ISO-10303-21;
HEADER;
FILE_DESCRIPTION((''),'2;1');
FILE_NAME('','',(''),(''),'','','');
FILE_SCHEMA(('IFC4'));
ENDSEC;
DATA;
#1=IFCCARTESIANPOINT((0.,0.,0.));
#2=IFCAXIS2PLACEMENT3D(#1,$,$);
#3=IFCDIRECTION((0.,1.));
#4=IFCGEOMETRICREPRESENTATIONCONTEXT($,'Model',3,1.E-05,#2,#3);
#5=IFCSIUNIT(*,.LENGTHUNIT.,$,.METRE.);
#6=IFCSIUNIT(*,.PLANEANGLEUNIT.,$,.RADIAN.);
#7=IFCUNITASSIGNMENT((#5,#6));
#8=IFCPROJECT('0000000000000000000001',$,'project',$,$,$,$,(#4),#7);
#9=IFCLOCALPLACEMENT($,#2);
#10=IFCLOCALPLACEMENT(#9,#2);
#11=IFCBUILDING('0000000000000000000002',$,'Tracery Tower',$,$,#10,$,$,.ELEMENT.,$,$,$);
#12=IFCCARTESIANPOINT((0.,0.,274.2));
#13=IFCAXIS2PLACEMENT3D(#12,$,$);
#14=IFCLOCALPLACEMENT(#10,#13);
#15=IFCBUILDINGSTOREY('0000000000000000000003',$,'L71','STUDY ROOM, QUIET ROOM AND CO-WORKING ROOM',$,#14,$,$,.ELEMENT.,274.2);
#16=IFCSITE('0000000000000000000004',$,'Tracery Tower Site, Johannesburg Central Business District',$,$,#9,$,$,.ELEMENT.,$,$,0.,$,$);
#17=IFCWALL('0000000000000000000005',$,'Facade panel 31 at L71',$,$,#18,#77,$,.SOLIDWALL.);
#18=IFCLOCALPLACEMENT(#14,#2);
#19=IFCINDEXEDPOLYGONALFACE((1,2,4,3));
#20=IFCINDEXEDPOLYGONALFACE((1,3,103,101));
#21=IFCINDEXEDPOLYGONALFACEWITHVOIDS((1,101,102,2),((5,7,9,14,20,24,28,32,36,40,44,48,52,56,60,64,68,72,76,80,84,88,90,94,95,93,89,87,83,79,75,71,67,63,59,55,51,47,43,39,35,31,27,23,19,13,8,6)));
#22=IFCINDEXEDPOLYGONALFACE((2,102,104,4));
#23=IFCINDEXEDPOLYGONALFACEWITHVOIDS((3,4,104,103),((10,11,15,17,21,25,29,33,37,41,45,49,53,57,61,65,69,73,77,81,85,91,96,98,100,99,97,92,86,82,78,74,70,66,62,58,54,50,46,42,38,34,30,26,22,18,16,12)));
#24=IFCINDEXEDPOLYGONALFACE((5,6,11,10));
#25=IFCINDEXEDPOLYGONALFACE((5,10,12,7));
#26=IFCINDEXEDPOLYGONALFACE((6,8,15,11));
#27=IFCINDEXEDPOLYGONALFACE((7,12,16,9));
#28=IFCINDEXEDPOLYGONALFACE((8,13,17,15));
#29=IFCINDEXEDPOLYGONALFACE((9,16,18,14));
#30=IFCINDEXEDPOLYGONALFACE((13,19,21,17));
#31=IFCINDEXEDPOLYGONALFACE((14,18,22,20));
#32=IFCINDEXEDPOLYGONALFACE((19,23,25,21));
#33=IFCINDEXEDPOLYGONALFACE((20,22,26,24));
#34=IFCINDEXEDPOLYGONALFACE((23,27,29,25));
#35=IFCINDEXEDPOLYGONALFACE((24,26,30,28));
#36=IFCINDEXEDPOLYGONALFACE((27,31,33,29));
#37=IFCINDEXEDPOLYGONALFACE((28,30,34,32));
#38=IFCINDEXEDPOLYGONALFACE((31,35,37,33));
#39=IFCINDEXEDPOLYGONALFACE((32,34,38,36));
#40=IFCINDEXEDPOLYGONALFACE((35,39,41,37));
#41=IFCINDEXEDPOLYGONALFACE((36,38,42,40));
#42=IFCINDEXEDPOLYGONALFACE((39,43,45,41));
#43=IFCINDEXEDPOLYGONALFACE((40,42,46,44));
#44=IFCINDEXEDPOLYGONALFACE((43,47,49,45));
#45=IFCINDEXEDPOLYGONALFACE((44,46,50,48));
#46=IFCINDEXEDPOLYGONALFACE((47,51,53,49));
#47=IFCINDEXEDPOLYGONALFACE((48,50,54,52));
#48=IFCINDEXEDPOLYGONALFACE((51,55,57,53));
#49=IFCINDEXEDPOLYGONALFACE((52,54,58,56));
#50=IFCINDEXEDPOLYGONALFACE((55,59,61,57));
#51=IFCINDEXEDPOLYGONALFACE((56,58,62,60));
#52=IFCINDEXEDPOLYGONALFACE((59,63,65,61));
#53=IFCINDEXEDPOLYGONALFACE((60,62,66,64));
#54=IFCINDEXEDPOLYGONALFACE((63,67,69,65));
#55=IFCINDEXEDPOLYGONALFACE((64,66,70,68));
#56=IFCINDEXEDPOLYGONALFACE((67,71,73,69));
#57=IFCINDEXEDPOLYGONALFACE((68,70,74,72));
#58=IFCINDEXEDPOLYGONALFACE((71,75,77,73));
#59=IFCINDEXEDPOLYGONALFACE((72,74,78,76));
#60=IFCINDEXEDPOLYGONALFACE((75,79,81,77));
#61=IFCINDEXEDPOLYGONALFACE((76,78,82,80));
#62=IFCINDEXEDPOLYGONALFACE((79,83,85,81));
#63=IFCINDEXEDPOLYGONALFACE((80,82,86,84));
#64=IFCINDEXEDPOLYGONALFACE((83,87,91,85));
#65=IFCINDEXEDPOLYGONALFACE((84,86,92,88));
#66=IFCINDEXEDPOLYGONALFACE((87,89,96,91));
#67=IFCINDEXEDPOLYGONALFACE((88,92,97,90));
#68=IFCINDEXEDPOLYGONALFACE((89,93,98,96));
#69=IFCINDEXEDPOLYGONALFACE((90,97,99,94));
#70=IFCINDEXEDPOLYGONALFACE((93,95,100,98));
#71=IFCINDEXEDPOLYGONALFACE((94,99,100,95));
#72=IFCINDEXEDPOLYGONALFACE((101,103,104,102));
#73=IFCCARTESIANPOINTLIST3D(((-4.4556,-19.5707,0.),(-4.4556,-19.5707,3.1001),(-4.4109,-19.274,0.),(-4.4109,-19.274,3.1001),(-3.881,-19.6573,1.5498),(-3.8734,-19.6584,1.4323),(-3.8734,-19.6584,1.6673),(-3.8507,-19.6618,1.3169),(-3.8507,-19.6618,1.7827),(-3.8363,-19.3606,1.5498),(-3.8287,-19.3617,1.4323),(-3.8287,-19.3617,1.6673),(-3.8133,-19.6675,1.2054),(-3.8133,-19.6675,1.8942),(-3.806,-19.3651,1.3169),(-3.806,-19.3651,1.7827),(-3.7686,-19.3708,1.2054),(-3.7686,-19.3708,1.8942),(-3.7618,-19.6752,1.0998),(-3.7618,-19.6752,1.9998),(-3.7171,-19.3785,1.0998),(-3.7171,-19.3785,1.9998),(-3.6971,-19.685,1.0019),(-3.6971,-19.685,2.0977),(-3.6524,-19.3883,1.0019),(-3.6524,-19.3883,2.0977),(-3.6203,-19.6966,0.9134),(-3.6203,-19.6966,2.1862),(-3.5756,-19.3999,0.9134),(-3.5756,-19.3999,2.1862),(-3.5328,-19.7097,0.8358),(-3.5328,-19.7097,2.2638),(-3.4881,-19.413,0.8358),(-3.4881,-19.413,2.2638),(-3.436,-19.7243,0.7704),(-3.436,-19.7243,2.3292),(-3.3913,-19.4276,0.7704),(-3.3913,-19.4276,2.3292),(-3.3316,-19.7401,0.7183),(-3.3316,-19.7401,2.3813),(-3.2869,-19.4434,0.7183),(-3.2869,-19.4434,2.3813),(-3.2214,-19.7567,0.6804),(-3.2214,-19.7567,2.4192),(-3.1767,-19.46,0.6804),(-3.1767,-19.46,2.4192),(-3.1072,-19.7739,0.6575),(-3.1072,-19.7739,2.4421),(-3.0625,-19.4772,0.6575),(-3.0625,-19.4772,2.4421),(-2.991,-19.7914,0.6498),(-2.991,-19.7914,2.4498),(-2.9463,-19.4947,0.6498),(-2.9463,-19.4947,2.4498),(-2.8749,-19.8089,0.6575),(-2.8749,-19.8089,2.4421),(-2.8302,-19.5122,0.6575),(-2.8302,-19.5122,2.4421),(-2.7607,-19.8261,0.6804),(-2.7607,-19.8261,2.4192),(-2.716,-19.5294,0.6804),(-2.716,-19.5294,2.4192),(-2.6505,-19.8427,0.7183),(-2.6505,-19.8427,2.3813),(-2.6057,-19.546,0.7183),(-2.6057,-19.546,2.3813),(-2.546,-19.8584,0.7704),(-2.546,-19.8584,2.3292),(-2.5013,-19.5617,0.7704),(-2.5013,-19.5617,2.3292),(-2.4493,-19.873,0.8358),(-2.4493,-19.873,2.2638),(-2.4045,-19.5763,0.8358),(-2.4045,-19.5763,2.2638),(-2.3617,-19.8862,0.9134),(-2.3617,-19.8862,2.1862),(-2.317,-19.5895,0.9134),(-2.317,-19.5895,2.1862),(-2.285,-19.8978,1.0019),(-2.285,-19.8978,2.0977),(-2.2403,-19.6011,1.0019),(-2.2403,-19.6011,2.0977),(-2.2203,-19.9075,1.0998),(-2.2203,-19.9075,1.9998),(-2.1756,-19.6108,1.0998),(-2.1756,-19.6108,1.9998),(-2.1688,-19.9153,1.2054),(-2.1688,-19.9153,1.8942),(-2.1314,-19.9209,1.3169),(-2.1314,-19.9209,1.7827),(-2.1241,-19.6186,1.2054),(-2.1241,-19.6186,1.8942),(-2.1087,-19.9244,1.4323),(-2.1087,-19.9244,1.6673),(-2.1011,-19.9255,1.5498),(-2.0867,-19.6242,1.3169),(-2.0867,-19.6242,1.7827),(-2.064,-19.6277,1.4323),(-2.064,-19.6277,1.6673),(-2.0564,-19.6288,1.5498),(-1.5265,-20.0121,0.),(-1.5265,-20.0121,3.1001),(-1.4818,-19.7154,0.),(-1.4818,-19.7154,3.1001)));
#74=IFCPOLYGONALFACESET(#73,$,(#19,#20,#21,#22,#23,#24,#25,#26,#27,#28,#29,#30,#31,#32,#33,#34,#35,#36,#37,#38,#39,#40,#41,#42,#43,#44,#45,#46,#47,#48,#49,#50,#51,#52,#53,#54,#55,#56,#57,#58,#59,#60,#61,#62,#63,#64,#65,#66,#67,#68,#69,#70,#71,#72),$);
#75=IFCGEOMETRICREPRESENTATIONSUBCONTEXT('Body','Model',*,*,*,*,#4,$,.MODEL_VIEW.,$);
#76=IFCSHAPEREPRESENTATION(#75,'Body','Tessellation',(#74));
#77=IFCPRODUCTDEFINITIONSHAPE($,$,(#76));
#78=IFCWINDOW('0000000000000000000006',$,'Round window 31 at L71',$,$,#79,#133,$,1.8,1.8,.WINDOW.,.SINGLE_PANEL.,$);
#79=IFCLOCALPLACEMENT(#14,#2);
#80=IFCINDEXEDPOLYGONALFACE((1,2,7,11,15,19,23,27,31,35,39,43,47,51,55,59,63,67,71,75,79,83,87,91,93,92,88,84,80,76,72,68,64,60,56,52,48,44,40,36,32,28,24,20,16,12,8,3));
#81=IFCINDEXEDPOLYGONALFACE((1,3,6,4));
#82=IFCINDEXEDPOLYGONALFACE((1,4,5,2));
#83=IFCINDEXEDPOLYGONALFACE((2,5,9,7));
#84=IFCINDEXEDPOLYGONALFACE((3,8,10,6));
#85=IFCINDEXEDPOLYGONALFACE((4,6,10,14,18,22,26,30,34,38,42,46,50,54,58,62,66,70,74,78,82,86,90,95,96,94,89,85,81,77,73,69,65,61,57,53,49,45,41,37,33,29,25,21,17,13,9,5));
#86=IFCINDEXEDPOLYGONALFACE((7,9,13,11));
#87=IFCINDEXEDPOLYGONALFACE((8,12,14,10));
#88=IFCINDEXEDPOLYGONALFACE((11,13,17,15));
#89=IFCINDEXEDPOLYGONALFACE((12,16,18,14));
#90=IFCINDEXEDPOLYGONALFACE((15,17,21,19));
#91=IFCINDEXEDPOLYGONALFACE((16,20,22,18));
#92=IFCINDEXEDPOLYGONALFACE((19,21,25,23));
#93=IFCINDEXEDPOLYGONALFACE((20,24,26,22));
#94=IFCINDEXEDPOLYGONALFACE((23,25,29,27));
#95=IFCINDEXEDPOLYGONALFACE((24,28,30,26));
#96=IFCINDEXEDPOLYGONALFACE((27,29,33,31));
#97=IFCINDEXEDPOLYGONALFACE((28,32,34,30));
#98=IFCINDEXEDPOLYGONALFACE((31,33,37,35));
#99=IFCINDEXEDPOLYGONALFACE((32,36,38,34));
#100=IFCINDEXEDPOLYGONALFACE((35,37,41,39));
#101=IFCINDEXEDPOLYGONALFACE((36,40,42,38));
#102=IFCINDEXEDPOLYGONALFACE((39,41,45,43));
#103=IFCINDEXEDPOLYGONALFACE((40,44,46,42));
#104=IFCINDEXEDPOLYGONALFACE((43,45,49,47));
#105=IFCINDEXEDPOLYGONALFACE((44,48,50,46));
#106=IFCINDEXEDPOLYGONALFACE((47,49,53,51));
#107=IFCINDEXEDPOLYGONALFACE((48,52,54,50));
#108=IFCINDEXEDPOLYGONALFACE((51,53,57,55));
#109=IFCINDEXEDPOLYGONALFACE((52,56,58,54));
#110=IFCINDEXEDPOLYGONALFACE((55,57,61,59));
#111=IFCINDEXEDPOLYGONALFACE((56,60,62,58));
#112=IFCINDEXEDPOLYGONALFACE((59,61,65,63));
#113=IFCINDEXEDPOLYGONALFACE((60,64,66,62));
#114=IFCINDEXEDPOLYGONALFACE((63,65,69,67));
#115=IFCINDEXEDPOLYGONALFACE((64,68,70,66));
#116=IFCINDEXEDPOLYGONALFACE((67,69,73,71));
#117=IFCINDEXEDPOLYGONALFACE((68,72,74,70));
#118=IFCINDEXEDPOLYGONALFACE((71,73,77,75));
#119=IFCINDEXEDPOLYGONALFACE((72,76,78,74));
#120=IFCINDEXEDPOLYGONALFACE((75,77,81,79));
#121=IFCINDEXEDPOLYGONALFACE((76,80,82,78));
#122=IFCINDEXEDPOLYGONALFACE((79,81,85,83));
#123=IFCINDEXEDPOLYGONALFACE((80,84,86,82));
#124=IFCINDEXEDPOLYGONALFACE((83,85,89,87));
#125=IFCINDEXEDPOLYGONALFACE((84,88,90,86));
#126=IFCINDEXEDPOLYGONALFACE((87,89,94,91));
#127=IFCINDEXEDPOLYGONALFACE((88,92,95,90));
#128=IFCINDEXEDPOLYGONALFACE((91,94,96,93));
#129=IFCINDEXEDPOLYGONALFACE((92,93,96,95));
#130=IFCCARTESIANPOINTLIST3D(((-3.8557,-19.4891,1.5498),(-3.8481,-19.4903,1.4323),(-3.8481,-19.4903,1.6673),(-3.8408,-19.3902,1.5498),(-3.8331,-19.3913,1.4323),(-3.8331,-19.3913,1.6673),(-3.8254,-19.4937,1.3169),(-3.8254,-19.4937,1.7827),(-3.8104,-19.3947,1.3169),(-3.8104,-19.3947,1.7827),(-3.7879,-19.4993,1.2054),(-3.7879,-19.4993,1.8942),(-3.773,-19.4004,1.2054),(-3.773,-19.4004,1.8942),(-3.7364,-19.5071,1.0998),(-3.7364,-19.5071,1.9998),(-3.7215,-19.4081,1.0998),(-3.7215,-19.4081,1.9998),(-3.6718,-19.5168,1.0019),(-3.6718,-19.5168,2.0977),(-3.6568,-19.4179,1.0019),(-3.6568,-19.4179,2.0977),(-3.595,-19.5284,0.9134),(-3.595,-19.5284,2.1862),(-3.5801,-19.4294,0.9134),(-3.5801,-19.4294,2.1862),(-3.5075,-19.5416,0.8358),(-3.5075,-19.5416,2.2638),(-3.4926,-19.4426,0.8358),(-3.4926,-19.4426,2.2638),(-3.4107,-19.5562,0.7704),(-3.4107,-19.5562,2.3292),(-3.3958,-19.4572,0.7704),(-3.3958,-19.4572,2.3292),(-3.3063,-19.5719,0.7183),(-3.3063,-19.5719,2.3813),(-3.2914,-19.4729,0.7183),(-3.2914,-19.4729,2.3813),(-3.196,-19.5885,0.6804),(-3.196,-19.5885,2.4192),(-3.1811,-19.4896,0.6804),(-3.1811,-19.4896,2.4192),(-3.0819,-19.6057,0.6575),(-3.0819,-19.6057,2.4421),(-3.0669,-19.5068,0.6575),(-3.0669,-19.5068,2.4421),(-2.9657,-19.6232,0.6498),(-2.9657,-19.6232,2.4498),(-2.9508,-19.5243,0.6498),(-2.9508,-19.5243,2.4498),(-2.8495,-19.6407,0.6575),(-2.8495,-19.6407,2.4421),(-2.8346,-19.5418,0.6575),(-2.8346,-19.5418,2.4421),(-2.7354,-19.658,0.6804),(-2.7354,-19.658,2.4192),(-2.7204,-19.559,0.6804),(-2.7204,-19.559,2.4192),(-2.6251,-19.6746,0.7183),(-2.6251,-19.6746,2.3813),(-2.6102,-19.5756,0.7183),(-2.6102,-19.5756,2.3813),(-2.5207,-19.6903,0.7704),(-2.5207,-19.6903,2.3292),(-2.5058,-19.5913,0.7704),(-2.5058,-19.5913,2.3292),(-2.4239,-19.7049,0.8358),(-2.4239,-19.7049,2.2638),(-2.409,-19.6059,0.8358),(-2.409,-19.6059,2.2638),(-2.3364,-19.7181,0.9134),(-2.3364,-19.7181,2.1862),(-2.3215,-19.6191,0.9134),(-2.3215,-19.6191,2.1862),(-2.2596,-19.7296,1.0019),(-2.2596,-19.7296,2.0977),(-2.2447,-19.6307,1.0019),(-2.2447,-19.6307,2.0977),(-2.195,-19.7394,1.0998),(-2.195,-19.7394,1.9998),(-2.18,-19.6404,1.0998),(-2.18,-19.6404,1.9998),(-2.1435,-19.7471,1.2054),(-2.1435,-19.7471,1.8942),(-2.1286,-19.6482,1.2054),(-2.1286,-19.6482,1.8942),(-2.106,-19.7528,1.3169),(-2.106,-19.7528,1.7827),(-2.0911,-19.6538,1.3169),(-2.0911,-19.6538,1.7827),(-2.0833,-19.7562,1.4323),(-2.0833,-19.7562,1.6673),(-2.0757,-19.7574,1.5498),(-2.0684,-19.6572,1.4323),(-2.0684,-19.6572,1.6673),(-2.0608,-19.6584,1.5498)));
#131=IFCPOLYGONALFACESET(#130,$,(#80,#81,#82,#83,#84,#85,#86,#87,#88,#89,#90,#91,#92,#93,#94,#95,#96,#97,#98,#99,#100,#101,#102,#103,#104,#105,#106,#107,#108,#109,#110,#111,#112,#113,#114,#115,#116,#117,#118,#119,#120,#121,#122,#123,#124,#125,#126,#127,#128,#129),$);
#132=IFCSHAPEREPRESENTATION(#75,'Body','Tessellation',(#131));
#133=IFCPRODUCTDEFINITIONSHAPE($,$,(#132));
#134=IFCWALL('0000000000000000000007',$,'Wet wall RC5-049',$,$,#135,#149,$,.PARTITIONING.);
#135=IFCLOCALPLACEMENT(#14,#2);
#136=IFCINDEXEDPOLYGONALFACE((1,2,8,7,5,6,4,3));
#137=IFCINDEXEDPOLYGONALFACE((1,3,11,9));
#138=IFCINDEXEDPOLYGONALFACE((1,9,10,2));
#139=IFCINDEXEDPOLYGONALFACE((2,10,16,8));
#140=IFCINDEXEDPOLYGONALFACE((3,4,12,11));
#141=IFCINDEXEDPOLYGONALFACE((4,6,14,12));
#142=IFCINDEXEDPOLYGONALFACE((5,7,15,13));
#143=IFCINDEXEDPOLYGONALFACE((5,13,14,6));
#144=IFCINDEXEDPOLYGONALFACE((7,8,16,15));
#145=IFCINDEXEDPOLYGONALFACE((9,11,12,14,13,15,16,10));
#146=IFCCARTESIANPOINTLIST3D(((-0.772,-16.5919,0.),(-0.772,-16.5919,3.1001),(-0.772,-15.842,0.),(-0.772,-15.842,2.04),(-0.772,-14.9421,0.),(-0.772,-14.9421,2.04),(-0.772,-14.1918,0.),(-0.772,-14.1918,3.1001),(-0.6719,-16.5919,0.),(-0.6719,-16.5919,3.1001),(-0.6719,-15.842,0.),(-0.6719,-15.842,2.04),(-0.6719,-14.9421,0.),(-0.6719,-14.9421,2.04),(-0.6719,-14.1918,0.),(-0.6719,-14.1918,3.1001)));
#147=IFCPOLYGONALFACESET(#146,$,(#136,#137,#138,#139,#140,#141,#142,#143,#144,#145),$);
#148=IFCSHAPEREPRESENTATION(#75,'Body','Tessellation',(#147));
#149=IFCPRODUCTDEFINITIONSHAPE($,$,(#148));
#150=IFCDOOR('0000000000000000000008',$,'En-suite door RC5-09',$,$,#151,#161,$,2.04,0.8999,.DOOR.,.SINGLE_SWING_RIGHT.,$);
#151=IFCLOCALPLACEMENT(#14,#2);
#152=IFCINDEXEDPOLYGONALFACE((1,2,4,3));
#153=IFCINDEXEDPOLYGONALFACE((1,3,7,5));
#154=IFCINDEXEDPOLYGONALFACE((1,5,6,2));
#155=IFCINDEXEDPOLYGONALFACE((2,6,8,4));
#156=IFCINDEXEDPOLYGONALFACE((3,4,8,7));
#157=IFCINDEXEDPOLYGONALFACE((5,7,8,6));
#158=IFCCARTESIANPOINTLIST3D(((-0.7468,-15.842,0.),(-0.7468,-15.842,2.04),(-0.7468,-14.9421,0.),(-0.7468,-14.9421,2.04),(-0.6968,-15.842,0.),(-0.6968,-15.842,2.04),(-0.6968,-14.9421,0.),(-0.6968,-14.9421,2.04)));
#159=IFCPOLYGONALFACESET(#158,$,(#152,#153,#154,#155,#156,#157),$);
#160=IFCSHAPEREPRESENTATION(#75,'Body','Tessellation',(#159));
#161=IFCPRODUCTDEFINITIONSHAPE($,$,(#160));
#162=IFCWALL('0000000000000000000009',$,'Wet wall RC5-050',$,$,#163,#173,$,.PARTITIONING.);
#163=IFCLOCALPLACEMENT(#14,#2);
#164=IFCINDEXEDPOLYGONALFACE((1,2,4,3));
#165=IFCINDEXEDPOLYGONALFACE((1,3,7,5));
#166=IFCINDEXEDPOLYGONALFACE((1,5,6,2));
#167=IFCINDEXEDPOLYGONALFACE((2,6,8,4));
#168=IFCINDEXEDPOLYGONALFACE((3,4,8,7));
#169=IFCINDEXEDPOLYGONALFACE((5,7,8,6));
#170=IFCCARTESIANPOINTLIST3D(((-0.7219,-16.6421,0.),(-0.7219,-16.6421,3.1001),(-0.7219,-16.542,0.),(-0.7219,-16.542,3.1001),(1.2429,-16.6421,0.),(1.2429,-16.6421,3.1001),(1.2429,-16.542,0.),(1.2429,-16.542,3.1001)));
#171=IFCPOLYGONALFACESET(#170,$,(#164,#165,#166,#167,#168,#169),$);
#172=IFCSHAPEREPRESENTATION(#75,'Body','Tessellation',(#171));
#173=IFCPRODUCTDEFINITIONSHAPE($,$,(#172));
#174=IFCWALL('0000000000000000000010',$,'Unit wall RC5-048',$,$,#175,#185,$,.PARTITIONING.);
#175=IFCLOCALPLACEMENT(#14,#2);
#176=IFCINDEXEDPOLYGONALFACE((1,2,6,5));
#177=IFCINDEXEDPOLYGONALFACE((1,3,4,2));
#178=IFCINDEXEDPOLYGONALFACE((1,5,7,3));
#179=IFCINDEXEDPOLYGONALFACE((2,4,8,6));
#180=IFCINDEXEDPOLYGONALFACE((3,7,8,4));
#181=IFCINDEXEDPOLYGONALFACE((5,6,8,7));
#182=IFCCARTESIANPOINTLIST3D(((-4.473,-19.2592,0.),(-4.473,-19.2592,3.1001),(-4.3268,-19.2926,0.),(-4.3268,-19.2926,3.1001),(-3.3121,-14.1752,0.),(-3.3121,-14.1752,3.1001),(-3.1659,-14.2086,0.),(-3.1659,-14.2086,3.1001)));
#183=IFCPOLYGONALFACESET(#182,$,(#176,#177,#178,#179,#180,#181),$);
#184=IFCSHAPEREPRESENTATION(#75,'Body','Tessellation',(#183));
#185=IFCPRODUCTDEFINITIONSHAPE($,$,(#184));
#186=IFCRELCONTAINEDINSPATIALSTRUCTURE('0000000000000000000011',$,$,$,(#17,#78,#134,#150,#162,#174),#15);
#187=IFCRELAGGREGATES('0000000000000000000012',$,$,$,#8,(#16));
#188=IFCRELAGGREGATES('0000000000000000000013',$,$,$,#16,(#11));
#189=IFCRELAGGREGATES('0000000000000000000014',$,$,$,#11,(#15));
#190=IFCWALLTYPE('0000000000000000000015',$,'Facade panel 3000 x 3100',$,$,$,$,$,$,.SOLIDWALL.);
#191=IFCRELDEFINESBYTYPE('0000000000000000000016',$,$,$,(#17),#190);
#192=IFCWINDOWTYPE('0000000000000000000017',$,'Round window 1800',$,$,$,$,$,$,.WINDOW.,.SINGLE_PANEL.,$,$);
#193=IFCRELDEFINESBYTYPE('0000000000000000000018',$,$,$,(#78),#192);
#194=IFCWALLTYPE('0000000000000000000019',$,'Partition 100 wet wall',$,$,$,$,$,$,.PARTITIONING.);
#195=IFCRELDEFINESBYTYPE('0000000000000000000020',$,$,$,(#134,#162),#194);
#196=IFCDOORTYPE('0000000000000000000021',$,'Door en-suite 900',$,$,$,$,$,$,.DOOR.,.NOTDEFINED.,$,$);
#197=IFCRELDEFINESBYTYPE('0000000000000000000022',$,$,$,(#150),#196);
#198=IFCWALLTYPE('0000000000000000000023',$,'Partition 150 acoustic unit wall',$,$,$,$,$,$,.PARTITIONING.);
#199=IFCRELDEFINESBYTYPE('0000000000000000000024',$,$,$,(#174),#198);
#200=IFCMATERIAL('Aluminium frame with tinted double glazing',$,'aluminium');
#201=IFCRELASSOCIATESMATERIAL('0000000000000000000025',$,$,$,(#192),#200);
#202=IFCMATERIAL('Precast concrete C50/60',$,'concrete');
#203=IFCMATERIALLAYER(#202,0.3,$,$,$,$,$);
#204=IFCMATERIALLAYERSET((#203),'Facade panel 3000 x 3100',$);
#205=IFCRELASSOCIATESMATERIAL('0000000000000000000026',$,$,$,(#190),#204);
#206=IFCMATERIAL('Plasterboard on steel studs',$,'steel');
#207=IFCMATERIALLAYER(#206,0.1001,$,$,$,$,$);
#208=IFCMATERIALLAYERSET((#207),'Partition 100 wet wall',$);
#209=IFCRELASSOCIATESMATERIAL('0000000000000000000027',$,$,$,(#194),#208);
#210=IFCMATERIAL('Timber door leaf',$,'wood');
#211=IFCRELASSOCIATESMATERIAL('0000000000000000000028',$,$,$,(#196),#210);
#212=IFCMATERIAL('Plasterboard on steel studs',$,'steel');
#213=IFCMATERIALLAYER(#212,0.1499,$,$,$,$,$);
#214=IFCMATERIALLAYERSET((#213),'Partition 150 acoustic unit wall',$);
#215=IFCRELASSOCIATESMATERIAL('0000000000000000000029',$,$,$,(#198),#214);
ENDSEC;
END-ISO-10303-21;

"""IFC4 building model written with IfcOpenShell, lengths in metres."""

from ifc_helpers import new_model, si_unit, direction, frame, frame_2d, origin, origin_2d, place, context, subcontext, project, spatial, rectangle, circle, extrude, material, layer, layer_set, type_object, element, fill, save


model = new_model("IFC4")

# Units and contexts
model_context = context("Model", 3, precision=1e-05, world=origin(), true_north=direction((0.0, 1.0)))
body_context = subcontext(model_context, "Body", "Model", "MODEL_VIEW")
ifc_project = project(units=[si_unit("LENGTHUNIT", "METRE"), si_unit("PLANEANGLEUNIT", "RADIAN")], contexts=[model_context])

# Site, building, storey
site_placement = place(None, origin())
site = spatial("IfcSite", under=ifc_project, at=site_placement, Name="Tracery Tower Site, Johannesburg Central Business District", CompositionType="ELEMENT", RefElevation=0.0)
building_placement = place(site_placement, origin())
building = spatial("IfcBuilding", under=site, at=building_placement, Name="Tracery Tower", CompositionType="ELEMENT")
storey_placement = place(building_placement, frame((0.0, 0.0, 274.2)))
storey = spatial("IfcBuildingStorey", under=building, at=storey_placement, Name="L71", Description="STUDY ROOM, QUIET ROOM AND CO-WORKING ROOM", CompositionType="ELEMENT", Elevation=274.2)

# Wall, opening, window
ifc_material_1 = material(Name="Aluminium frame with tinted double glazing", Category="aluminium")
window_type = type_object("IfcWindowType", Name="Round window 1800", PartitioningType="SINGLE_PANEL", PredefinedType="WINDOW", material=ifc_material_1)
ifc_material_2 = material(Name="Precast concrete C50/60", Category="concrete")
ifc_layer_1 = layer(ifc_material_2, 0.3)
ifc_layer_set_1 = layer_set([ifc_layer_1], Name="Facade panel 3000 x 3100")
wall_type_1 = type_object("IfcWallType", Name="Facade panel 3000 x 3100", PredefinedType="SOLIDWALL", material=ifc_layer_set_1)
wall_1_placement = place(storey_placement, frame((-4.4331, -19.4224, 0.0), z_axis=(0.0, 0.0, 1.0), x_axis=(0.988836, -0.149009, 0.0)))
wall_1 = element("IfcWall", 1, at=wall_1_placement, inside=storey, type_object=wall_type_1, Name="Facade panel 31 at L71", PredefinedType="SOLIDWALL", context=body_context, shape_type="SweptSolid", body=[
    extrude(rectangle(XDim=2.9622, YDim=0.3, at=frame_2d((1.481, 0.0))), origin(), (0.0, 0.0, 1.0), 3.1001),
])
opening_1_placement = place(wall_1_placement, frame((1.481, 0.0, 1.5498)))
opening_1 = element("IfcOpeningElement", 2, at=opening_1_placement, cuts=wall_1, PredefinedType="OPENING", context=body_context, shape_type="SweptSolid", body=[
    extrude(circle(Radius=0.9, at=origin_2d()), frame((0.0, 0.1599, 0.0), z_axis=(0.0, -1.0, 0.0), x_axis=(1.0, 0.0, 0.0)), (0.0, 0.0, 1.0), 0.3201),
])
window_1_placement = place(opening_1_placement, origin())
window_1 = element("IfcWindow", 3, at=window_1_placement, inside=storey, type_object=window_type, Name="Round window 31 at L71", OverallHeight=1.8, OverallWidth=1.8, PartitioningType="SINGLE_PANEL", PredefinedType="WINDOW", context=body_context, shape_type="SweptSolid", body=[
    extrude(circle(Radius=0.9, at=origin_2d()), frame((0.0, 0.1201, 0.0), z_axis=(0.0, -1.0, 0.0), x_axis=(1.0, 0.0, 0.0)), (0.0, 0.0, 1.0), 0.1001),
])
fill(opening_1, window_1)

# Wall, opening, door
ifc_material_3 = material(Name="Plasterboard on steel studs", Category="steel")
ifc_layer_2 = layer(ifc_material_3, 0.1001)
ifc_layer_set_2 = layer_set([ifc_layer_2], Name="Partition 100 wet wall")
wall_type_2 = type_object("IfcWallType", Name="Partition 100 wet wall", PredefinedType="PARTITIONING", material=ifc_layer_set_2)
wall_2_placement = place(storey_placement, frame((-0.7219, -16.592, 0.0), z_axis=(0.0, 0.0, 1.0), x_axis=(0.0, 1.0, 0.0)))
wall_2 = element("IfcWall", 4, at=wall_2_placement, inside=storey, type_object=wall_type_2, Name="Wet wall RC5-049", PredefinedType="PARTITIONING", context=body_context, shape_type="SweptSolid", body=[
    extrude(rectangle(XDim=2.4001, YDim=0.1001, at=frame_2d((1.2002, 0.0))), origin(), (0.0, 0.0, 1.0), 3.1001),
])
opening_2_placement = place(wall_2_placement, frame((0.75, 0.0, 0.0)))
opening_2 = element("IfcOpeningElement", 5, at=opening_2_placement, cuts=wall_2, PredefinedType="OPENING", context=body_context, shape_type="SweptSolid", body=[
    extrude(rectangle(XDim=0.8999, YDim=2.04, at=frame_2d((0.45, 1.02))), frame((0.0, 0.05, 0.0), z_axis=(0.0, -1.0, 0.0), x_axis=(1.0, 0.0, 0.0)), (0.0, 0.0, 1.0), 0.1001),
])
ifc_material_4 = material(Name="Timber door leaf", Category="wood")
door_type_1 = type_object("IfcDoorType", Name="Door en-suite 900", OperationType="NOTDEFINED", PredefinedType="DOOR", material=ifc_material_4)
door_1_placement = place(opening_2_placement, origin())
door_1 = element("IfcDoor", 6, at=door_1_placement, inside=storey, type_object=door_type_1, Name="En-suite door RC5-09", OperationType="SINGLE_SWING_RIGHT", OverallHeight=2.04, OverallWidth=0.8999, PredefinedType="DOOR", context=body_context, shape_type="SweptSolid", body=[
    extrude(rectangle(XDim=0.8999, YDim=2.04, at=frame_2d((0.45, 1.02))), frame((0.0, 0.0249, 0.0), z_axis=(0.0, -1.0, 0.0), x_axis=(1.0, 0.0, 0.0)), (0.0, 0.0, 1.0), 0.05),
])
fill(opening_2, door_1)

# Walls
wall_3_placement = place(storey_placement, frame((-0.7219, -16.592, 0.0), z_axis=(0.0, 0.0, 1.0), x_axis=(1.0, 0.0, 0.0)))
element("IfcWall", 7, at=wall_3_placement, inside=storey, type_object=wall_type_2, Name="Wet wall RC5-050", PredefinedType="PARTITIONING", context=body_context, shape_type="SweptSolid", body=[
    extrude(rectangle(XDim=1.9648, YDim=0.1001, at=frame_2d((0.9824, 0.0))), origin(), (0.0, 0.0, 1.0), 3.1001),
])
ifc_material_5 = material(Name="Plasterboard on steel studs", Category="steel")
ifc_layer_3 = layer(ifc_material_5, 0.1499)
ifc_layer_set_3 = layer_set([ifc_layer_3], Name="Partition 150 acoustic unit wall")
wall_type_3 = type_object("IfcWallType", Name="Partition 150 acoustic unit wall", PredefinedType="PARTITIONING", material=ifc_layer_set_3)
wall_4_placement = place(storey_placement, frame((-4.3999, -19.2759, 0.0), z_axis=(0.0, 0.0, 1.0), x_axis=(0.222613, 0.974907, 0.0)))
element("IfcWall", 8, at=wall_4_placement, inside=storey, type_object=wall_type_3, Name="Unit wall RC5-048", PredefinedType="PARTITIONING", context=body_context, shape_type="SweptSolid", body=[
    extrude(rectangle(XDim=5.2148, YDim=0.1499, at=frame_2d((2.6074, 0.0))), origin(), (0.0, 0.0, 1.0), 3.1001),
])

save(model, "model.ifc")
